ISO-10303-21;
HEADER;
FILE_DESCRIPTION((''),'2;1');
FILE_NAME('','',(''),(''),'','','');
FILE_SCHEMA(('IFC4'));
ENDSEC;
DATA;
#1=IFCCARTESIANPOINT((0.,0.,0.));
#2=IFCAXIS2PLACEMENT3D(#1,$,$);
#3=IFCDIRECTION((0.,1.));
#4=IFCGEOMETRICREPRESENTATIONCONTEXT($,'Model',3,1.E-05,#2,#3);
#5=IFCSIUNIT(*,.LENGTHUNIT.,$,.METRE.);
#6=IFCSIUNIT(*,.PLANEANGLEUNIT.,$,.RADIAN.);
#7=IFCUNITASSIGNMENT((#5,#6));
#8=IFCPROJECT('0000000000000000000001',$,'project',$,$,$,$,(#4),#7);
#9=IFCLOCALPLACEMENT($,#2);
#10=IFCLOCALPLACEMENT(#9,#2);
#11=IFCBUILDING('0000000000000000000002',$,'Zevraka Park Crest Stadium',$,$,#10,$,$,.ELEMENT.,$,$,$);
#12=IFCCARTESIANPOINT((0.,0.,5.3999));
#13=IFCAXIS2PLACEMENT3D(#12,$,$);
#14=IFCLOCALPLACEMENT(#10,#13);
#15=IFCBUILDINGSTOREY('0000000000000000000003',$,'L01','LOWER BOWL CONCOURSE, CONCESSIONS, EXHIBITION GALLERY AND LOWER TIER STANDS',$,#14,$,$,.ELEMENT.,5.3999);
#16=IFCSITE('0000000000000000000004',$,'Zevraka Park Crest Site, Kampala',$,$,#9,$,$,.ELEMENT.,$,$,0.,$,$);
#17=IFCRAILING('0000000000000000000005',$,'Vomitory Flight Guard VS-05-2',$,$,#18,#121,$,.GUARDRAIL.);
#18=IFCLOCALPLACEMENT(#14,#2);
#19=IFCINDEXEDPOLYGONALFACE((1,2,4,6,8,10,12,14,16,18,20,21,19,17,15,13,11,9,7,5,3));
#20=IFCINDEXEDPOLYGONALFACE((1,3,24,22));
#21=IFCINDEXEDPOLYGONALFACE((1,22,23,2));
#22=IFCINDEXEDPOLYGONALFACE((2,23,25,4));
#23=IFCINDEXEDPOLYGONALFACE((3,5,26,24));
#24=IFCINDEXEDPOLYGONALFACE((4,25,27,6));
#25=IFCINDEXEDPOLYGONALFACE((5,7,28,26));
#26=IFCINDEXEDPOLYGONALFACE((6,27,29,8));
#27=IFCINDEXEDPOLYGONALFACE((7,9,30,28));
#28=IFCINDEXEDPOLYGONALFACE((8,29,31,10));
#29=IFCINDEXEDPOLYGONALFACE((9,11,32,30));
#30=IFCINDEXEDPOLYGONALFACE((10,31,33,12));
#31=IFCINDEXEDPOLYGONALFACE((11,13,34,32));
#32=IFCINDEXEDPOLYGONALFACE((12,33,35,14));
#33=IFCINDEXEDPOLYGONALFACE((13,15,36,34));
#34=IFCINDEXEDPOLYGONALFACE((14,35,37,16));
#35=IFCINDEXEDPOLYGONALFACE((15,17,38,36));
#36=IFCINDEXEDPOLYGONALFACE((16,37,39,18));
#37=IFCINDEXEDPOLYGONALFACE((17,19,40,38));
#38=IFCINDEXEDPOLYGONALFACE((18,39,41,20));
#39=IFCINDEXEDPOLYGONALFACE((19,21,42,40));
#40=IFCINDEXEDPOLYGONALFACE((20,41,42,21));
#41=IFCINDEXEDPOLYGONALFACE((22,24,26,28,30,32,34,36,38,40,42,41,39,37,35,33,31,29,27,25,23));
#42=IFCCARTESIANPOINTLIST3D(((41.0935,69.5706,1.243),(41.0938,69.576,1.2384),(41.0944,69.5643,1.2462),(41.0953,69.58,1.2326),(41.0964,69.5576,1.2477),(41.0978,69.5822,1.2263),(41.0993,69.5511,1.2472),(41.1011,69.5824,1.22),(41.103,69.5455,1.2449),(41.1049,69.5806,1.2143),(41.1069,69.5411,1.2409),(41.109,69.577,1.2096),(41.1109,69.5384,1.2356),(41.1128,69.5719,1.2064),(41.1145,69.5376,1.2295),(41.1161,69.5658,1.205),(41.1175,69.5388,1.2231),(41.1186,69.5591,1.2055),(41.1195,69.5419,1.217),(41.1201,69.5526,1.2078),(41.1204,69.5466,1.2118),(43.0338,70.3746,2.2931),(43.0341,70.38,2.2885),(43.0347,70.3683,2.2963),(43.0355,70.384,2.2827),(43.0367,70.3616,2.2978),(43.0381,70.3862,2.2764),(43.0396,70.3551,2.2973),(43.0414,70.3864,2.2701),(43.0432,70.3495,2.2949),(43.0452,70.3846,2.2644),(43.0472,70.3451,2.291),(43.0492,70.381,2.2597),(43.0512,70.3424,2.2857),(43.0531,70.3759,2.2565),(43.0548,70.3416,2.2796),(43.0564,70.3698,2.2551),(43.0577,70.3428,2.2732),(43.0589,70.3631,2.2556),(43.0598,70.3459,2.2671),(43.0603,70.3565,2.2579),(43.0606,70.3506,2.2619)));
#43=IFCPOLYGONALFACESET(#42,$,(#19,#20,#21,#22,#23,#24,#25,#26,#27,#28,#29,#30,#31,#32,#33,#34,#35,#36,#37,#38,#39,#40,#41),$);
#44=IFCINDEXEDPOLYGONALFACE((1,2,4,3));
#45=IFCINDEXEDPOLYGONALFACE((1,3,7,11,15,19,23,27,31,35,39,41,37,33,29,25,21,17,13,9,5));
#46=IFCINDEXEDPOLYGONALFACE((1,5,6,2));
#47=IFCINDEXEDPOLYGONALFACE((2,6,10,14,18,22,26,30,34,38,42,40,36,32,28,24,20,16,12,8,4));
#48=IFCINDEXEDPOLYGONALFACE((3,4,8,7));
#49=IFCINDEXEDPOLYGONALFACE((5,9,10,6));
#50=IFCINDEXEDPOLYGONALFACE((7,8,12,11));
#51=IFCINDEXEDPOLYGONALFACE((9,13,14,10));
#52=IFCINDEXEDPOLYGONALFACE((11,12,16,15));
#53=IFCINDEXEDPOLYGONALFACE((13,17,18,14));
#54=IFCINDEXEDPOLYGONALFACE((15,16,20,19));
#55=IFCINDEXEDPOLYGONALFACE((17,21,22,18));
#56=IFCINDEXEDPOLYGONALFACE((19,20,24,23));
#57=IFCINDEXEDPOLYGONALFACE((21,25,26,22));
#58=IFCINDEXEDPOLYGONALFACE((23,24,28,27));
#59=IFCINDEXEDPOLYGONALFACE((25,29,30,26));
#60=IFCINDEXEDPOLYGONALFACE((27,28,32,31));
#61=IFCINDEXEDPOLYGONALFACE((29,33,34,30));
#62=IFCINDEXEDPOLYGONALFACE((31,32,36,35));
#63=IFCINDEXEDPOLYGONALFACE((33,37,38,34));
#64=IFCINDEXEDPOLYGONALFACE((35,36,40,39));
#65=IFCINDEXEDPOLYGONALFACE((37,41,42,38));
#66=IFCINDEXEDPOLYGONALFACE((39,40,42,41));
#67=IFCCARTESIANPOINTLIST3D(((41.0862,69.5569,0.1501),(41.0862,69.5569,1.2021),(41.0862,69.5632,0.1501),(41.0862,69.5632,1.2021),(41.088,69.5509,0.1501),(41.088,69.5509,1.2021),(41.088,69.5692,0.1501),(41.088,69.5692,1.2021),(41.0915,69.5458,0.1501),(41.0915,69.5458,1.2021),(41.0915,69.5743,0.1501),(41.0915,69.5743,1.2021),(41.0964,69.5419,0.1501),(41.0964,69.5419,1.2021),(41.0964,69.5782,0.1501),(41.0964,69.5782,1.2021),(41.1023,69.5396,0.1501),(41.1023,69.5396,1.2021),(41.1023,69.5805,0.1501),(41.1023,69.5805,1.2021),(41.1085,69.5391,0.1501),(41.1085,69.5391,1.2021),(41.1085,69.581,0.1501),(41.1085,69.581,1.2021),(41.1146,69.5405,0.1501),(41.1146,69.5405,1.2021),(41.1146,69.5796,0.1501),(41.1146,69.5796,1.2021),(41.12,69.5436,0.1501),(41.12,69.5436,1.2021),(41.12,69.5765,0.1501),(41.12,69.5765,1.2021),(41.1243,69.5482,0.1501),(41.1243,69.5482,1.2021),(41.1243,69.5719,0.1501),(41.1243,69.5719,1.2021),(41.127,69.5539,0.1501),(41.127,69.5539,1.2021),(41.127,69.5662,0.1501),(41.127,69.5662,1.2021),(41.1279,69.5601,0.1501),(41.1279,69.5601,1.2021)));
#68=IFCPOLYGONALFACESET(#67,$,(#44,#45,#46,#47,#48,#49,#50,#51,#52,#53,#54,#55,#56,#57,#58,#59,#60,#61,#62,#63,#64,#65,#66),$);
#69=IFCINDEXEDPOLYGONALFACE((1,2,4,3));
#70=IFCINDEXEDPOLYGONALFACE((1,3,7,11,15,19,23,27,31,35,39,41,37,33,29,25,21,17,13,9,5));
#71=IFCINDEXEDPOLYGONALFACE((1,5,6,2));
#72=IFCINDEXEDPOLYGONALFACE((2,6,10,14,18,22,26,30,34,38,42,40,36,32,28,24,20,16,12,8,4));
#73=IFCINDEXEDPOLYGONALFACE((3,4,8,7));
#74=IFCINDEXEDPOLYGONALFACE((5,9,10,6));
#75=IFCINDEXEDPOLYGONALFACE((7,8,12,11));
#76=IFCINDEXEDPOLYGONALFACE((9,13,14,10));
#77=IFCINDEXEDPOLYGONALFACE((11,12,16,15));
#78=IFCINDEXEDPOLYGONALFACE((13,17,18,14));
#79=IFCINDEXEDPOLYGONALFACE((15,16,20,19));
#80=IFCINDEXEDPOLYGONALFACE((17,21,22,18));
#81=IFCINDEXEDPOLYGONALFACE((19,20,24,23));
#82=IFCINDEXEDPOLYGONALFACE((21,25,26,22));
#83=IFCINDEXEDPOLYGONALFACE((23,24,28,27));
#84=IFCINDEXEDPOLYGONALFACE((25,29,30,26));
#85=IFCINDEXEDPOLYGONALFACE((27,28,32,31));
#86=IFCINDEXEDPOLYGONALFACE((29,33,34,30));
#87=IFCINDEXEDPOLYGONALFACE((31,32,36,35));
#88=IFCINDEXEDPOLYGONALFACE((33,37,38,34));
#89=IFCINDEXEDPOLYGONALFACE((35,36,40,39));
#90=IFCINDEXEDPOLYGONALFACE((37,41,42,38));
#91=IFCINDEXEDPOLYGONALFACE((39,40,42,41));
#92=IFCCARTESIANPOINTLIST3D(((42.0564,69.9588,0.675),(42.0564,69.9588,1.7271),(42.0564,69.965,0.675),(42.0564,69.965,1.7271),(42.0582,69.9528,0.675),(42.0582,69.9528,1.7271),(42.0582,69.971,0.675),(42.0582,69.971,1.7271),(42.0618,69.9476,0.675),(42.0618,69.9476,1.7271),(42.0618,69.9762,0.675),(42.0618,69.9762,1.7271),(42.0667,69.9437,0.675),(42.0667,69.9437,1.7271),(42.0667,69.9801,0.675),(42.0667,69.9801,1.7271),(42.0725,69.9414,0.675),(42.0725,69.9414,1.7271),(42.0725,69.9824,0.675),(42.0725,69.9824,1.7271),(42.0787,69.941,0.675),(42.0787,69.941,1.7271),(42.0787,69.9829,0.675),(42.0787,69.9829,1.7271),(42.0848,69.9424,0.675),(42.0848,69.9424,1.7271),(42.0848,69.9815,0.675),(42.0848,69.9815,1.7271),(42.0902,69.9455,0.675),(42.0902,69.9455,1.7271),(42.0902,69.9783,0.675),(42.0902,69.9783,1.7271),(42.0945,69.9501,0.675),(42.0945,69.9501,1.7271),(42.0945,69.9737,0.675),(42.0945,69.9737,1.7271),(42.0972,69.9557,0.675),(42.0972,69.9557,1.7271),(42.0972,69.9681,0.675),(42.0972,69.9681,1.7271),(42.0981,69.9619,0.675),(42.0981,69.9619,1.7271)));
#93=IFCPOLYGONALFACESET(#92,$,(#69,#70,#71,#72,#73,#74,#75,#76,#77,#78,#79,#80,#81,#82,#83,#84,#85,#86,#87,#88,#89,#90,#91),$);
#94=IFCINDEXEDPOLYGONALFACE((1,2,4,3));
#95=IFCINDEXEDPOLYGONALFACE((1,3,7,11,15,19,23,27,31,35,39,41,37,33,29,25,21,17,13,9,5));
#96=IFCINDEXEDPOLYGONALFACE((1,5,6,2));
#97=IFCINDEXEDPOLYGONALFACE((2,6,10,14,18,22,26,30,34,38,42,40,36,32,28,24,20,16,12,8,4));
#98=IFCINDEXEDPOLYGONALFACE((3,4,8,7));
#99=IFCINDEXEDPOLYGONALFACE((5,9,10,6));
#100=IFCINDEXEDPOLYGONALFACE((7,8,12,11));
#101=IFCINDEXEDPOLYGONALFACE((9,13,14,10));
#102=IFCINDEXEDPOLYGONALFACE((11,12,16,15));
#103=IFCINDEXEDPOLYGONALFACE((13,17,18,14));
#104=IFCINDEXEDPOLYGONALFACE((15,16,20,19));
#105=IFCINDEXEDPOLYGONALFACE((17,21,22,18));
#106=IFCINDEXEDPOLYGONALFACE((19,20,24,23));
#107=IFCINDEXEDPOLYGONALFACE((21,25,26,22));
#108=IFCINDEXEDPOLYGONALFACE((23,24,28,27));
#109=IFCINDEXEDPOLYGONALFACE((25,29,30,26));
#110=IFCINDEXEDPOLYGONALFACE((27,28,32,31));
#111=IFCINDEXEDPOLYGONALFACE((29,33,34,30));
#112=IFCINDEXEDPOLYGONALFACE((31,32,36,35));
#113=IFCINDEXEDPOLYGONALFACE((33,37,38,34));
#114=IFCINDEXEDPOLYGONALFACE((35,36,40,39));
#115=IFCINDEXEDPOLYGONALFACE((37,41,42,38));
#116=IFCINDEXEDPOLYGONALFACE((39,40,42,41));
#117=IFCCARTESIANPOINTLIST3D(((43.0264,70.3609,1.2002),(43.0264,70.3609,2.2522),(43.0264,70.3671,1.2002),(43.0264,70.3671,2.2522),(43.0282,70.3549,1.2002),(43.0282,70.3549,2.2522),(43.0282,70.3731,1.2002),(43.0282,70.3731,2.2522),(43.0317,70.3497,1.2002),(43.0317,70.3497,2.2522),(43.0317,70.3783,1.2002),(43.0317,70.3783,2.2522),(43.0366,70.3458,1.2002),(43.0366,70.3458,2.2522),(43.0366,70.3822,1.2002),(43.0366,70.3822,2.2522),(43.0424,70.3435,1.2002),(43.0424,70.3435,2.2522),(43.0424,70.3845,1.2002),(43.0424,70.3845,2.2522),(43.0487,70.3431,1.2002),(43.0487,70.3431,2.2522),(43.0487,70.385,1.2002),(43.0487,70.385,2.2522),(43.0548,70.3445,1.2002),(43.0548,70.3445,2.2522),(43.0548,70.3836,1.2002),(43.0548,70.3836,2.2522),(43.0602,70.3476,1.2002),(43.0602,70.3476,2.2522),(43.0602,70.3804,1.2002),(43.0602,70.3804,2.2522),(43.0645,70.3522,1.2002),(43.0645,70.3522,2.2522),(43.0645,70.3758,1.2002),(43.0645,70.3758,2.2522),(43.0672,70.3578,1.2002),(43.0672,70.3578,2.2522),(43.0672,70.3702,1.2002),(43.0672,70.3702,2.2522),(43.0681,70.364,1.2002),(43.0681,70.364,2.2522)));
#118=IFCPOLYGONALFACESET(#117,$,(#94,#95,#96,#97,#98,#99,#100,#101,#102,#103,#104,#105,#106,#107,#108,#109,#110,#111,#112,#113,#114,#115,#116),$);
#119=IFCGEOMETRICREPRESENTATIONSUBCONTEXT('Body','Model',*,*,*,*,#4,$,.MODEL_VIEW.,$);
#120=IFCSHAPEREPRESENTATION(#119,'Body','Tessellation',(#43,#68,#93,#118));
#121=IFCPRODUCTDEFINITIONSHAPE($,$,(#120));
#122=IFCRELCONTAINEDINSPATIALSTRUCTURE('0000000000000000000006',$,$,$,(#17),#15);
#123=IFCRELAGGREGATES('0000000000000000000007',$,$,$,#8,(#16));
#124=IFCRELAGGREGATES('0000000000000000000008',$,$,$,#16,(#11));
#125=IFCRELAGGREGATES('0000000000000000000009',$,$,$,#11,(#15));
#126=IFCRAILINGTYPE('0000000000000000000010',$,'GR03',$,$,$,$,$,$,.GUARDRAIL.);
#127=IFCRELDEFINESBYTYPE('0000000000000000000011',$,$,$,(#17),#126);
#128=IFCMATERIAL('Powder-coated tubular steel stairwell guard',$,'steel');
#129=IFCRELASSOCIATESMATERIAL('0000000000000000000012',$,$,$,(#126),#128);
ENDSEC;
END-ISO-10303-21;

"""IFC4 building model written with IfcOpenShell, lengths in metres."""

from ifc_helpers import new_model, si_unit, direction, frame, origin, origin_2d, place, context, subcontext, project, spatial, circle, extrude, material, type_object, element, save


model = new_model("IFC4")

# Units and contexts
model_context = context("Model", 3, precision=1e-05, world=origin(), true_north=direction((0.0, 1.0)))
body_context = subcontext(model_context, "Body", "Model", "MODEL_VIEW")
ifc_project = project(units=[si_unit("LENGTHUNIT", "METRE"), si_unit("PLANEANGLEUNIT", "RADIAN")], contexts=[model_context])

# Site, building, storey
site_placement = place(None, origin())
site = spatial("IfcSite", under=ifc_project, at=site_placement, Name="Zevraka Park Crest Site, Kampala", CompositionType="ELEMENT", RefElevation=0.0)
building_placement = place(site_placement, origin())
building = spatial("IfcBuilding", under=site, at=building_placement, Name="Zevraka Park Crest Stadium", CompositionType="ELEMENT")
storey_placement = place(building_placement, frame((0.0, 0.0, 5.3999)))
storey = spatial("IfcBuildingStorey", under=building, at=storey_placement, Name="L01", Description="LOWER BOWL CONCOURSE, CONCESSIONS, EXHIBITION GALLERY AND LOWER TIER STANDS", CompositionType="ELEMENT", Elevation=5.3999)

# Railing
ifc_material_1 = material(Name="Powder-coated tubular steel stairwell guard", Category="steel")
railing_type_1 = type_object("IfcRailingType", Name="GR03", PredefinedType="GUARDRAIL", material=ifc_material_1)
railing_1_placement = place(storey_placement, frame((41.1069, 69.5601, 0.1501)))
element("IfcRailing", 1, at=railing_1_placement, inside=storey, type_object=railing_type_1, Name="Vomitory Flight Guard VS-05-2", PredefinedType="GUARDRAIL", context=body_context, shape_type="SweptSolid", body=[
    extrude(circle(Radius=0.0239, at=origin_2d()), frame((0.0, 0.0, 1.0762), z_axis=(0.826302, 0.342395, 0.447203), x_axis=(-0.382807, 0.923828, 0.0)), (0.0, 0.0, 1.0), 2.3481),
    extrude(circle(Radius=0.021, at=origin_2d()), origin(), (0.0, 0.0, 1.0), 1.052),
    extrude(circle(Radius=0.021, at=origin_2d()), frame((0.9702, 0.4019, 0.5249)), (0.0, 0.0, 1.0), 1.052),
    extrude(circle(Radius=0.021, at=origin_2d()), frame((1.9402, 0.804, 1.05)), (0.0, 0.0, 1.0), 1.052),
])

save(model, "model.ifc")
